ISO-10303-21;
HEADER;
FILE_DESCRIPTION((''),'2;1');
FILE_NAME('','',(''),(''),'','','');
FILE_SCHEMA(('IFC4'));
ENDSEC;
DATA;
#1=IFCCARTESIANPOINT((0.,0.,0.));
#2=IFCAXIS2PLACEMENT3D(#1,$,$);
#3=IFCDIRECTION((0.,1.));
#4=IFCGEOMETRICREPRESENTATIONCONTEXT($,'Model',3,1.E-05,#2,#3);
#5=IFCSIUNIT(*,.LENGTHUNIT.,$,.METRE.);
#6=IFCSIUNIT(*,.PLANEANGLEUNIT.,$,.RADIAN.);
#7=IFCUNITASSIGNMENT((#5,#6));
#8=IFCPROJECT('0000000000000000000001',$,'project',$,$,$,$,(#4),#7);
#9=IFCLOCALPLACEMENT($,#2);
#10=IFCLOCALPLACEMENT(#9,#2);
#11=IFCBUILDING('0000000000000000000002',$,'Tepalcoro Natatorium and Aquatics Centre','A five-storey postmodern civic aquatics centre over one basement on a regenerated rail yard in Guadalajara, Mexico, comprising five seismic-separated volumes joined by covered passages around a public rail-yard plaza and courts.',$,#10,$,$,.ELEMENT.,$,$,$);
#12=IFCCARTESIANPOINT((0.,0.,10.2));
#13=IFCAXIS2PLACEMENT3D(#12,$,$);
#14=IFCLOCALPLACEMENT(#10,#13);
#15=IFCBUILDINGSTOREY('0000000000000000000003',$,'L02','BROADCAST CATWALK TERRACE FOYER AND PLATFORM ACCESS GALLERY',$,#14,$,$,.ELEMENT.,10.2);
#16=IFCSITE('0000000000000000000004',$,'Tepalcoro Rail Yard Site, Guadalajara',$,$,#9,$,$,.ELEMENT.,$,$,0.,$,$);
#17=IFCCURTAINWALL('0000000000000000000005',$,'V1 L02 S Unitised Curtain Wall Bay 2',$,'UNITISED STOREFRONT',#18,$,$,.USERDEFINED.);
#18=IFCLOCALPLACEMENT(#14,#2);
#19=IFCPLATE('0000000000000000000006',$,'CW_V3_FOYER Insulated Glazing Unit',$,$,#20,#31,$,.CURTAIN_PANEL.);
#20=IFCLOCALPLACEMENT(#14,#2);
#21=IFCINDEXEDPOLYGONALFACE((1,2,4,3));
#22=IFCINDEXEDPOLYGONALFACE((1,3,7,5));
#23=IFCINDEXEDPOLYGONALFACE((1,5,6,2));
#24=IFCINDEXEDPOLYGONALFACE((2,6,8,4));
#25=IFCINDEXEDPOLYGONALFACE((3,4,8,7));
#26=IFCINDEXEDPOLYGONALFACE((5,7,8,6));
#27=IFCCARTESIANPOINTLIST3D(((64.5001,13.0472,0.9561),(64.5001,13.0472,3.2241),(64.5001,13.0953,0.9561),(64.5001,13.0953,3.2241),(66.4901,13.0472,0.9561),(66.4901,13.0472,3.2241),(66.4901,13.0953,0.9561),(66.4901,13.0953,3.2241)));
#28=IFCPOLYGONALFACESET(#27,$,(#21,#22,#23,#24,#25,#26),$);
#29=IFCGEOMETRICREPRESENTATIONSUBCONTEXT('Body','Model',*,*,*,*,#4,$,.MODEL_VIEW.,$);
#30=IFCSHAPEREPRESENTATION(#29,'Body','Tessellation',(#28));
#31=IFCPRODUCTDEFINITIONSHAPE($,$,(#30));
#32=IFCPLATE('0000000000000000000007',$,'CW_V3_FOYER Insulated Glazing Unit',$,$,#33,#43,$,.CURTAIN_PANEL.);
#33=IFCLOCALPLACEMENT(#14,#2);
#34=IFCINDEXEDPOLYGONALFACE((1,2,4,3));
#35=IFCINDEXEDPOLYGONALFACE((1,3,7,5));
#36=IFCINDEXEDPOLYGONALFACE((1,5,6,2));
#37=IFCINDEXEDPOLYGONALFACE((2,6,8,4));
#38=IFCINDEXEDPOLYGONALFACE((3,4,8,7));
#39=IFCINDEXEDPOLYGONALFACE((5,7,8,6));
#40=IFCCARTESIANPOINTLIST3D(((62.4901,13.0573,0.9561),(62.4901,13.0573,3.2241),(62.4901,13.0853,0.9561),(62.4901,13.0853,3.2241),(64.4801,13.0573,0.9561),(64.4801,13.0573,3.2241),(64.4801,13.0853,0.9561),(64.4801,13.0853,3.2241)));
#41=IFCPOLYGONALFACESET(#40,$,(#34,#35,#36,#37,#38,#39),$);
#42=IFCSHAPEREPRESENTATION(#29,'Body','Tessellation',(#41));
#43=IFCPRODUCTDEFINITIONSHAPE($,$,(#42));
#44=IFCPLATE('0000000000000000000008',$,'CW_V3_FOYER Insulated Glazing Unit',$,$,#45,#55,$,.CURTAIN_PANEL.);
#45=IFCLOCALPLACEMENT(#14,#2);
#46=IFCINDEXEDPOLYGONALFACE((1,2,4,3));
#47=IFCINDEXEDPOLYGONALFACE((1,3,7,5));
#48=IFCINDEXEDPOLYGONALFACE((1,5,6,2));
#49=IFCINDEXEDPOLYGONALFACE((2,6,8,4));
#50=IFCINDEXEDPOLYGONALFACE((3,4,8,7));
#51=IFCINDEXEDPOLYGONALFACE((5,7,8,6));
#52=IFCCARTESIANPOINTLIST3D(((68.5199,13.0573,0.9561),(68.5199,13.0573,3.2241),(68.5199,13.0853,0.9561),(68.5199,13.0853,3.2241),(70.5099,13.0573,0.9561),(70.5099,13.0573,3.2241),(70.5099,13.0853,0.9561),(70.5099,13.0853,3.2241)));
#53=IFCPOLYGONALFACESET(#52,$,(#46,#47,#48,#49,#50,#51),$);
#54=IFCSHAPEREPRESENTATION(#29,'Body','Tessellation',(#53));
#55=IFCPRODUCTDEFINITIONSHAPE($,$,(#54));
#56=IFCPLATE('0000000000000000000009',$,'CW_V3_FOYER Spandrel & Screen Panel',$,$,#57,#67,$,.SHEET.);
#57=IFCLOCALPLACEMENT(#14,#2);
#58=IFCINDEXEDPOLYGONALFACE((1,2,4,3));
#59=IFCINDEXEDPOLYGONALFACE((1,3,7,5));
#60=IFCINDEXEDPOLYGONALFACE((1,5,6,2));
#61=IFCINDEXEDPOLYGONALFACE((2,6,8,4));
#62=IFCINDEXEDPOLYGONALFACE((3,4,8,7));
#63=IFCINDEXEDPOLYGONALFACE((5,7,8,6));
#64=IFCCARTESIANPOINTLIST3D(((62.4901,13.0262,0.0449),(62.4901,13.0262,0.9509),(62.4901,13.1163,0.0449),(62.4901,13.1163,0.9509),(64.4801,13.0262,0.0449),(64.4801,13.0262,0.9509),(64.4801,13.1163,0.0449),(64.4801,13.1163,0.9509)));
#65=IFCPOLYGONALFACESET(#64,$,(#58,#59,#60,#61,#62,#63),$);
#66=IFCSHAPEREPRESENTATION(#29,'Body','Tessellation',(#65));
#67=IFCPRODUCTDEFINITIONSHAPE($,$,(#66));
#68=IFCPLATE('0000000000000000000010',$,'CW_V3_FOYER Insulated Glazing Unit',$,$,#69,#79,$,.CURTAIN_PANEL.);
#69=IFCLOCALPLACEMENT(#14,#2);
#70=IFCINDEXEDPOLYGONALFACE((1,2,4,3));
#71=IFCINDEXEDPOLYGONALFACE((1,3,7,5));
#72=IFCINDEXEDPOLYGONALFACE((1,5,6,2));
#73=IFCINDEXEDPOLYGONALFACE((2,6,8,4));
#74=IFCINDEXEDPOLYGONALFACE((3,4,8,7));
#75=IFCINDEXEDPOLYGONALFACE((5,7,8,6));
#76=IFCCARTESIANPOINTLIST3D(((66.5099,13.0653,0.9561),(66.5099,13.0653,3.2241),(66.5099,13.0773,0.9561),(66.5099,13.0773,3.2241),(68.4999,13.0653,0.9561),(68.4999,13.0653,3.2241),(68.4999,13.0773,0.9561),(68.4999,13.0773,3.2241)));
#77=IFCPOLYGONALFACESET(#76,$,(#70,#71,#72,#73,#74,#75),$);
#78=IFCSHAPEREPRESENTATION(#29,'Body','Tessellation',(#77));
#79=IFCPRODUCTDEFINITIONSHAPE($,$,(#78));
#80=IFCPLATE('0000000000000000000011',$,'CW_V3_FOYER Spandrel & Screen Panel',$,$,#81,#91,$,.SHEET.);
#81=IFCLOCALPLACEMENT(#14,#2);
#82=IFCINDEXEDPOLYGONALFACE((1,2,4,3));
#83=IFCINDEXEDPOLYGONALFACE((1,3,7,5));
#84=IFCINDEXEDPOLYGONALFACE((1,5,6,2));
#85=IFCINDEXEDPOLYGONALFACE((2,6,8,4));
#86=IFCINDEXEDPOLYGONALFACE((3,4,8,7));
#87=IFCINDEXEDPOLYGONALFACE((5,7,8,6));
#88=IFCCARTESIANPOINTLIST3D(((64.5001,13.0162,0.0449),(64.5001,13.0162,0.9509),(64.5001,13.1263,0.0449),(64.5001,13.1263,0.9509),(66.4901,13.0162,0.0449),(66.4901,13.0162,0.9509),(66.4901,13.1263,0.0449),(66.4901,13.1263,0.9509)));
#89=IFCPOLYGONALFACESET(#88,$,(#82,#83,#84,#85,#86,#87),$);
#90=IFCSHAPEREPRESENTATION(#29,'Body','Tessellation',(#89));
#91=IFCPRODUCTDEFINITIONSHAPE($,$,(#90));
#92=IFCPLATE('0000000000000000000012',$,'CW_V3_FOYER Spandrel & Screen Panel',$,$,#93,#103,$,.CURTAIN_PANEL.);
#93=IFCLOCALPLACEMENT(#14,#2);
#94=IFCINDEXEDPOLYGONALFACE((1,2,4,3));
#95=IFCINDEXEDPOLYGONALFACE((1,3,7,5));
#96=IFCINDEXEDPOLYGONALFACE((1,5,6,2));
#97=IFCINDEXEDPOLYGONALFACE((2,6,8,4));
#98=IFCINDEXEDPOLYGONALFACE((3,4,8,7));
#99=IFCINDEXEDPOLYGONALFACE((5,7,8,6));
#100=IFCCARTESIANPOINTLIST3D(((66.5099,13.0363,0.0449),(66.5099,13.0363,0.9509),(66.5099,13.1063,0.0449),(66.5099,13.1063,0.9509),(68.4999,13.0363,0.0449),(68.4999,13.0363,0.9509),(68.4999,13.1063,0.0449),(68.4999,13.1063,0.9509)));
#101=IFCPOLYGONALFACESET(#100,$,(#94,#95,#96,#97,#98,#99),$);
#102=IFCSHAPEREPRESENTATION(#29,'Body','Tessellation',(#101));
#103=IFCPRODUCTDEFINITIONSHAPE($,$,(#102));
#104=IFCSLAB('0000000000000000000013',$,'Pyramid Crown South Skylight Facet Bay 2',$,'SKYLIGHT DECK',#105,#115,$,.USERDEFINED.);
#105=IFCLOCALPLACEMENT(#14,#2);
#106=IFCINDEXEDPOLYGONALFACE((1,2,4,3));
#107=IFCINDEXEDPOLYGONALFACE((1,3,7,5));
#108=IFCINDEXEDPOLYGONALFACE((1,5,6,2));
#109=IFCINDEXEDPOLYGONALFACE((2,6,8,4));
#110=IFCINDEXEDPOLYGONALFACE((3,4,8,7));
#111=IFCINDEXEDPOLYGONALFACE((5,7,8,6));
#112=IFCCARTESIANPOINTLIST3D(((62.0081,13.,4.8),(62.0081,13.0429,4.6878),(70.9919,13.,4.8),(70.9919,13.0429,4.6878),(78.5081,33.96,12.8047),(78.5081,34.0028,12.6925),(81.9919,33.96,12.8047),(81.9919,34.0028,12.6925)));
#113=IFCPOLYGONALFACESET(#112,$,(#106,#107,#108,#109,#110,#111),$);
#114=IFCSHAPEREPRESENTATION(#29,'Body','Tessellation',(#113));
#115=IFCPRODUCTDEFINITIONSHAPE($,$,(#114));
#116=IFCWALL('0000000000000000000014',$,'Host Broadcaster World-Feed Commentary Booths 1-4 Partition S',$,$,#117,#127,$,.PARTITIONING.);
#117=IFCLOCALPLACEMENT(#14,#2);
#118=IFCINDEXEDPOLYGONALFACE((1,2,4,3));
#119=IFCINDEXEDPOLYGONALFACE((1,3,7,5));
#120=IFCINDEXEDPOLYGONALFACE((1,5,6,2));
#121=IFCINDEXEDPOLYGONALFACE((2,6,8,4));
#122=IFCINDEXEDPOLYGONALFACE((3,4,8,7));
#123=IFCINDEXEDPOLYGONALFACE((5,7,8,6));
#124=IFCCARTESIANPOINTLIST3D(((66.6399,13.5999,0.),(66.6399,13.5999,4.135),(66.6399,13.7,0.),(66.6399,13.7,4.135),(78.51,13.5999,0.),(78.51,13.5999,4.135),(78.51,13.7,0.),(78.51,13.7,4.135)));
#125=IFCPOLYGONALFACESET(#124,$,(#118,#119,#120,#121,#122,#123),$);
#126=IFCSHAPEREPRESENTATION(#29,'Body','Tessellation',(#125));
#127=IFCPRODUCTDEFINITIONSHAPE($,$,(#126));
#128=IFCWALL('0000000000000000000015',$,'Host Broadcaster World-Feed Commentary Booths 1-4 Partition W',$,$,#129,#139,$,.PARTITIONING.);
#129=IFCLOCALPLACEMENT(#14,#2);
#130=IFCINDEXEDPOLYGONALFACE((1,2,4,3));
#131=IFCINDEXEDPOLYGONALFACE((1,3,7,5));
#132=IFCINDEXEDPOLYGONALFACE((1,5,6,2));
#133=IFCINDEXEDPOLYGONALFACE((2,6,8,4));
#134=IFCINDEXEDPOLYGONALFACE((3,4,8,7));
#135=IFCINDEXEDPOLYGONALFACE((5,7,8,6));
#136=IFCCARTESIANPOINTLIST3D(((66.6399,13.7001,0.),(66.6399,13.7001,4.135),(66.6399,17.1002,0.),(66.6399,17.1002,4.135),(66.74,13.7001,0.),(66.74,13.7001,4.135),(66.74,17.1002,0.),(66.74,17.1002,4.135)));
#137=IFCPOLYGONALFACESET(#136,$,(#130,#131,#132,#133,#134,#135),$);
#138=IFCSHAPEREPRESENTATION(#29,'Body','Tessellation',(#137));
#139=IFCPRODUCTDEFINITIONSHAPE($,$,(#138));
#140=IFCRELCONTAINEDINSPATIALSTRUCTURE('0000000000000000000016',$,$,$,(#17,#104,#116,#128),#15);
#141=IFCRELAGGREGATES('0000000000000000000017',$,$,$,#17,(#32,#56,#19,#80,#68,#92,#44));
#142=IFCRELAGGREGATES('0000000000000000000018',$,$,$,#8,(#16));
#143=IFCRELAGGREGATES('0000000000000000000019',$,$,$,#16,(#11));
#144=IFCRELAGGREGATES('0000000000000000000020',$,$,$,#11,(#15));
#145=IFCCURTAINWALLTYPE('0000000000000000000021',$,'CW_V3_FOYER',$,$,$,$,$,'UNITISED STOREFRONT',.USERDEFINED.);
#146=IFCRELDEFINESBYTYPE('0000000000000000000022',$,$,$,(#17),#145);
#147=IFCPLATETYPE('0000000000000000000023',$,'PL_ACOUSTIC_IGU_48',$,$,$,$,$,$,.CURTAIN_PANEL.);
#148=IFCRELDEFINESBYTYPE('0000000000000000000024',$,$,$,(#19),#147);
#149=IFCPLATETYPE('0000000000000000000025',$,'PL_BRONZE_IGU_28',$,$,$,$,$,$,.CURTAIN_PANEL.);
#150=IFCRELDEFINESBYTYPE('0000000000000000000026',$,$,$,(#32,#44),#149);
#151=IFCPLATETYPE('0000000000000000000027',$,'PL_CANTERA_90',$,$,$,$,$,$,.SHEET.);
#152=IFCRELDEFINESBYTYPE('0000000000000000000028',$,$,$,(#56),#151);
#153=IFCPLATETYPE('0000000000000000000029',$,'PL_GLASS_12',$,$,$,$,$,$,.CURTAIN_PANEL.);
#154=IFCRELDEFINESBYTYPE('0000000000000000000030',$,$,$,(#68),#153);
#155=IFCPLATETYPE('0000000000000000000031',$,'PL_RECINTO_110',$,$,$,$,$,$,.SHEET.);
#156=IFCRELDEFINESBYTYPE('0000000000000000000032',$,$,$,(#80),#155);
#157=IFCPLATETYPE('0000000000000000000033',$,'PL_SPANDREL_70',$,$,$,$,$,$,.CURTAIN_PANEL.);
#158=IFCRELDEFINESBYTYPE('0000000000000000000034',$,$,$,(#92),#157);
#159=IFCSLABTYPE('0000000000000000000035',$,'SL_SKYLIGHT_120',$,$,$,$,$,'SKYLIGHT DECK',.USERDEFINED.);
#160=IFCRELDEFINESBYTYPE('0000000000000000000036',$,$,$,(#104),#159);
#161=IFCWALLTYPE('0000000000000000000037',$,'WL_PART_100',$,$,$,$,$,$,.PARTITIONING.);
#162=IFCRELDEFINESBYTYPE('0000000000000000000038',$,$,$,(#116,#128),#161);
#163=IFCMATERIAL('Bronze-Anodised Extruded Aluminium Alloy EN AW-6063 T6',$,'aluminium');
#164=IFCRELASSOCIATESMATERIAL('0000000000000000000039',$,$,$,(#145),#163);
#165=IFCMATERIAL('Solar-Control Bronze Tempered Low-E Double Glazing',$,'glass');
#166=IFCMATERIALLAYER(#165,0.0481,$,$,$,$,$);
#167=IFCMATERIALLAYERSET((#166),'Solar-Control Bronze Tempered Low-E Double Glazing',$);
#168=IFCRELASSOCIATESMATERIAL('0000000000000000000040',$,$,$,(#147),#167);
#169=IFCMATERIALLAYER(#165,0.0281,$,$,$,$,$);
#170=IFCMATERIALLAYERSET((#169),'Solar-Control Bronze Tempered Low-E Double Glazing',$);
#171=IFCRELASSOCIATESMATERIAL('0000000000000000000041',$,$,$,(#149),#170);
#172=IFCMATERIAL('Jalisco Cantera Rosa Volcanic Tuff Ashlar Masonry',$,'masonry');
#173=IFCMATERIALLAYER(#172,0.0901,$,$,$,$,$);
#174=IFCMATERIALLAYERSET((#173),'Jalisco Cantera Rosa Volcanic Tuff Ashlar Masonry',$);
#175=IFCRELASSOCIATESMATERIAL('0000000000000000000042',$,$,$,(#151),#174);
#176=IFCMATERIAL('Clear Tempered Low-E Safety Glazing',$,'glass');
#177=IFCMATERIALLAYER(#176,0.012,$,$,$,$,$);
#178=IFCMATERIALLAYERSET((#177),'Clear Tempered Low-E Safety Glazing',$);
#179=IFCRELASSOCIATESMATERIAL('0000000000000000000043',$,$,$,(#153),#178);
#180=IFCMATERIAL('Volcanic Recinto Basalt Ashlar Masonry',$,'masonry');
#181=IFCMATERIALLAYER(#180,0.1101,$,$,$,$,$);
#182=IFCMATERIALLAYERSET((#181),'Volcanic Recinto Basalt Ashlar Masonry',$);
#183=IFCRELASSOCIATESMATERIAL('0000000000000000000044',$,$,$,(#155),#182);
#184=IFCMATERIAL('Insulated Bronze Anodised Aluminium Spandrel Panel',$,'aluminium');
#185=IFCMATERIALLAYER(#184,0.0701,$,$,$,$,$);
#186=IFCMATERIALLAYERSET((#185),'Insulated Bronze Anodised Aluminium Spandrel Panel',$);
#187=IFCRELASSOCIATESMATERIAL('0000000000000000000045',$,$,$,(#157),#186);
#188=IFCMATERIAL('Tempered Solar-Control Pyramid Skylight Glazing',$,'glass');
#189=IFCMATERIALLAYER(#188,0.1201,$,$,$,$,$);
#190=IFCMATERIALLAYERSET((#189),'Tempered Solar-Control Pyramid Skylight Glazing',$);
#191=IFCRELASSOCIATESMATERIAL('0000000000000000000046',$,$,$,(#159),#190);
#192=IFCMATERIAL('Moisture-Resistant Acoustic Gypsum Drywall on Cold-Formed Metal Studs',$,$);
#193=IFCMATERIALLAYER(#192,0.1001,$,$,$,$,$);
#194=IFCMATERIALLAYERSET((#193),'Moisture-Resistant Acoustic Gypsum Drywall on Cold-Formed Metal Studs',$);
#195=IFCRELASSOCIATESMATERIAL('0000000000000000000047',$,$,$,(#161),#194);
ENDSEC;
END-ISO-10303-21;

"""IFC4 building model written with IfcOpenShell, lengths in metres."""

from ifc_helpers import new_model, si_unit, direction, frame, frame_2d, origin, origin_2d, place, context, subcontext, project, spatial, polyline, rectangle, outline, extrude, material, layer, layer_set, type_object, element, aggregate, save


model = new_model("IFC4")

# Units and contexts
model_context = context("Model", 3, precision=1e-05, world=origin(), true_north=direction((0.0, 1.0)))
body_context = subcontext(model_context, "Body", "Model", "MODEL_VIEW")
ifc_project = project(units=[si_unit("LENGTHUNIT", "METRE"), si_unit("PLANEANGLEUNIT", "RADIAN")], contexts=[model_context])

# Site, building, storey
site_placement = place(None, origin())
site = spatial("IfcSite", under=ifc_project, at=site_placement, Name="Tepalcoro Rail Yard Site, Guadalajara", CompositionType="ELEMENT", RefElevation=0.0)
building_placement = place(site_placement, origin())
building = spatial("IfcBuilding", under=site, at=building_placement, Name="Tepalcoro Natatorium and Aquatics Centre", Description="A five-storey postmodern civic aquatics centre over one basement on a regenerated rail yard in Guadalajara, Mexico, comprising five seismic-separated volumes joined by covered passages around a public rail-yard plaza and courts.", CompositionType="ELEMENT")
storey_placement = place(building_placement, frame((0.0, 0.0, 10.2)))
storey = spatial("IfcBuildingStorey", under=building, at=storey_placement, Name="L02", Description="BROADCAST CATWALK TERRACE FOYER AND PLATFORM ACCESS GALLERY", CompositionType="ELEMENT", Elevation=10.2)

# Curtain wall
ifc_material_1 = material(Name="Bronze-Anodised Extruded Aluminium Alloy EN AW-6063 T6", Category="aluminium")
curtain_wall_type = type_object("IfcCurtainWallType", Name="CW_V3_FOYER", ElementType="UNITISED STOREFRONT", PredefinedType="USERDEFINED", material=ifc_material_1)
curtain_wall_placement = place(storey_placement, origin())
curtain_wall = element("IfcCurtainWall", 1, at=curtain_wall_placement, inside=storey, type_object=curtain_wall_type, Name="V1 L02 S Unitised Curtain Wall Bay 2", ObjectType="UNITISED STOREFRONT", PredefinedType="USERDEFINED")

# Plates
ifc_material_2 = material(Name="Solar-Control Bronze Tempered Low-E Double Glazing", Category="glass")
ifc_layer_1 = layer(ifc_material_2, 0.0481)
ifc_layer_set_1 = layer_set([ifc_layer_1], Name="Solar-Control Bronze Tempered Low-E Double Glazing")
plate_type_1 = type_object("IfcPlateType", Name="PL_ACOUSTIC_IGU_48", PredefinedType="CURTAIN_PANEL", material=ifc_layer_set_1)
plate_1_placement = place(storey_placement, frame((65.4951, 13.0713, 0.9561), z_axis=(0.0, 0.0, 1.0), x_axis=(1.0, 0.0, 0.0)))
plate_1 = element("IfcPlate", 2, at=plate_1_placement, type_object=plate_type_1, Name="CW_V3_FOYER Insulated Glazing Unit", PredefinedType="CURTAIN_PANEL", context=body_context, shape_type="SweptSolid", body=[
    extrude(rectangle(XDim=1.99, YDim=0.0481, at=origin_2d()), origin(), (0.0, 0.0, 1.0), 2.2681),
])
ifc_layer_2 = layer(ifc_material_2, 0.0281)
ifc_layer_set_2 = layer_set([ifc_layer_2], Name="Solar-Control Bronze Tempered Low-E Double Glazing")
plate_type_2 = type_object("IfcPlateType", Name="PL_BRONZE_IGU_28", PredefinedType="CURTAIN_PANEL", material=ifc_layer_set_2)
plate_2_placement = place(storey_placement, frame((63.4851, 13.0713, 0.9561), z_axis=(0.0, 0.0, 1.0), x_axis=(1.0, 0.0, 0.0)))
plate_2 = element("IfcPlate", 3, at=plate_2_placement, type_object=plate_type_2, Name="CW_V3_FOYER Insulated Glazing Unit", PredefinedType="CURTAIN_PANEL", context=body_context, shape_type="SweptSolid", body=[
    extrude(rectangle(XDim=1.99, YDim=0.0281, at=origin_2d()), origin(), (0.0, 0.0, 1.0), 2.2681),
])
plate_3_placement = place(storey_placement, frame((69.5149, 13.0713, 0.9561), z_axis=(0.0, 0.0, 1.0), x_axis=(1.0, 0.0, 0.0)))
plate_3 = element("IfcPlate", 4, at=plate_3_placement, type_object=plate_type_2, Name="CW_V3_FOYER Insulated Glazing Unit", PredefinedType="CURTAIN_PANEL", context=body_context, shape_type="SweptSolid", body=[
    extrude(rectangle(XDim=1.99, YDim=0.0281, at=origin_2d()), origin(), (0.0, 0.0, 1.0), 2.2681),
])
ifc_material_3 = material(Name="Jalisco Cantera Rosa Volcanic Tuff Ashlar Masonry", Category="masonry")
ifc_layer_3 = layer(ifc_material_3, 0.0901)
ifc_layer_set_3 = layer_set([ifc_layer_3], Name="Jalisco Cantera Rosa Volcanic Tuff Ashlar Masonry")
plate_type_3 = type_object("IfcPlateType", Name="PL_CANTERA_90", PredefinedType="SHEET", material=ifc_layer_set_3)
plate_4_placement = place(storey_placement, frame((63.4851, 13.0713, 0.0449), z_axis=(0.0, 0.0, 1.0), x_axis=(1.0, 0.0, 0.0)))
plate_4 = element("IfcPlate", 5, at=plate_4_placement, type_object=plate_type_3, Name="CW_V3_FOYER Spandrel & Screen Panel", PredefinedType="SHEET", context=body_context, shape_type="SweptSolid", body=[
    extrude(rectangle(XDim=1.99, YDim=0.0901, at=origin_2d()), origin(), (0.0, 0.0, 1.0), 0.906),
])
ifc_material_4 = material(Name="Clear Tempered Low-E Safety Glazing", Category="glass")
ifc_layer_4 = layer(ifc_material_4, 0.012)
ifc_layer_set_4 = layer_set([ifc_layer_4], Name="Clear Tempered Low-E Safety Glazing")
plate_type_4 = type_object("IfcPlateType", Name="PL_GLASS_12", PredefinedType="CURTAIN_PANEL", material=ifc_layer_set_4)
plate_5_placement = place(storey_placement, frame((67.5049, 13.0713, 0.9561), z_axis=(0.0, 0.0, 1.0), x_axis=(1.0, 0.0, 0.0)))
plate_5 = element("IfcPlate", 6, at=plate_5_placement, type_object=plate_type_4, Name="CW_V3_FOYER Insulated Glazing Unit", PredefinedType="CURTAIN_PANEL", context=body_context, shape_type="SweptSolid", body=[
    extrude(rectangle(XDim=1.99, YDim=0.012, at=origin_2d()), origin(), (0.0, 0.0, 1.0), 2.2681),
])
ifc_material_5 = material(Name="Volcanic Recinto Basalt Ashlar Masonry", Category="masonry")
ifc_layer_5 = layer(ifc_material_5, 0.1101)
ifc_layer_set_5 = layer_set([ifc_layer_5], Name="Volcanic Recinto Basalt Ashlar Masonry")
plate_type_5 = type_object("IfcPlateType", Name="PL_RECINTO_110", PredefinedType="SHEET", material=ifc_layer_set_5)
plate_6_placement = place(storey_placement, frame((65.4951, 13.0713, 0.0449), z_axis=(0.0, 0.0, 1.0), x_axis=(1.0, 0.0, 0.0)))
plate_6 = element("IfcPlate", 7, at=plate_6_placement, type_object=plate_type_5, Name="CW_V3_FOYER Spandrel & Screen Panel", PredefinedType="SHEET", context=body_context, shape_type="SweptSolid", body=[
    extrude(rectangle(XDim=1.99, YDim=0.1101, at=origin_2d()), origin(), (0.0, 0.0, 1.0), 0.906),
])
ifc_material_6 = material(Name="Insulated Bronze Anodised Aluminium Spandrel Panel", Category="aluminium")
ifc_layer_6 = layer(ifc_material_6, 0.0701)
ifc_layer_set_6 = layer_set([ifc_layer_6], Name="Insulated Bronze Anodised Aluminium Spandrel Panel")
plate_type_6 = type_object("IfcPlateType", Name="PL_SPANDREL_70", PredefinedType="CURTAIN_PANEL", material=ifc_layer_set_6)
plate_7_placement = place(storey_placement, frame((67.5049, 13.0713, 0.0449), z_axis=(0.0, 0.0, 1.0), x_axis=(1.0, 0.0, 0.0)))
plate_7 = element("IfcPlate", 8, at=plate_7_placement, type_object=plate_type_6, Name="CW_V3_FOYER Spandrel & Screen Panel", PredefinedType="CURTAIN_PANEL", context=body_context, shape_type="SweptSolid", body=[
    extrude(rectangle(XDim=1.99, YDim=0.0701, at=origin_2d()), origin(), (0.0, 0.0, 1.0), 0.906),
])
aggregate(curtain_wall, [plate_2, plate_4, plate_1, plate_6, plate_5, plate_7, plate_3])

# Slab
ifc_material_7 = material(Name="Tempered Solar-Control Pyramid Skylight Glazing", Category="glass")
ifc_layer_7 = layer(ifc_material_7, 0.1201)
ifc_layer_set_7 = layer_set([ifc_layer_7], Name="Tempered Solar-Control Pyramid Skylight Glazing")
slab_type = type_object("IfcSlabType", Name="SL_SKYLIGHT_120", ElementType="SKYLIGHT DECK", PredefinedType="USERDEFINED", material=ifc_layer_set_7)
slab_placement = place(storey_placement, frame((62.0081, 13.0, 4.8), z_axis=(0.0, -0.356769, 0.934192), x_axis=(1.0, 0.0, 0.0)))
element("IfcSlab", 9, at=slab_placement, inside=storey, type_object=slab_type, Name="Pyramid Crown South Skylight Facet Bay 2", ObjectType="SKYLIGHT DECK", PredefinedType="USERDEFINED", context=body_context, shape_type="SweptSolid", body=[
    extrude(outline(polyline([(0.0, 0.0), (8.9839, 0.0), (19.9839, 22.4364), (16.5, 22.4364), (0.0, 0.0)])), origin(), (0.0, 0.0, -1.0), 0.1201),
])

# Walls
ifc_material_8 = material(Name="Moisture-Resistant Acoustic Gypsum Drywall on Cold-Formed Metal Studs")
ifc_layer_8 = layer(ifc_material_8, 0.1001)
ifc_layer_set_8 = layer_set([ifc_layer_8], Name="Moisture-Resistant Acoustic Gypsum Drywall on Cold-Formed Metal Studs")
wall_type = type_object("IfcWallType", Name="WL_PART_100", PredefinedType="PARTITIONING", material=ifc_layer_set_8)
wall_1_placement = place(storey_placement, frame((66.6399, 13.6499, 0.0), z_axis=(0.0, 0.0, 1.0), x_axis=(1.0, 0.0, 0.0)))
element("IfcWall", 10, at=wall_1_placement, inside=storey, type_object=wall_type, Name="Host Broadcaster World-Feed Commentary Booths 1-4 Partition S", PredefinedType="PARTITIONING", context=body_context, shape_type="SweptSolid", body=[
    extrude(rectangle(XDim=11.8701, YDim=0.1001, at=frame_2d((5.9351, 0.0))), origin(), (0.0, 0.0, 1.0), 4.135),
])
wall_2_placement = place(storey_placement, frame((66.6899, 13.7, 0.0), z_axis=(0.0, 0.0, 1.0), x_axis=(0.0, 1.0, 0.0)))
element("IfcWall", 11, at=wall_2_placement, inside=storey, type_object=wall_type, Name="Host Broadcaster World-Feed Commentary Booths 1-4 Partition W", PredefinedType="PARTITIONING", context=body_context, shape_type="SweptSolid", body=[
    extrude(rectangle(XDim=3.4001, YDim=0.1001, at=frame_2d((1.7002, 0.0))), origin(), (0.0, 0.0, 1.0), 4.135),
])

save(model, "model.ifc")
